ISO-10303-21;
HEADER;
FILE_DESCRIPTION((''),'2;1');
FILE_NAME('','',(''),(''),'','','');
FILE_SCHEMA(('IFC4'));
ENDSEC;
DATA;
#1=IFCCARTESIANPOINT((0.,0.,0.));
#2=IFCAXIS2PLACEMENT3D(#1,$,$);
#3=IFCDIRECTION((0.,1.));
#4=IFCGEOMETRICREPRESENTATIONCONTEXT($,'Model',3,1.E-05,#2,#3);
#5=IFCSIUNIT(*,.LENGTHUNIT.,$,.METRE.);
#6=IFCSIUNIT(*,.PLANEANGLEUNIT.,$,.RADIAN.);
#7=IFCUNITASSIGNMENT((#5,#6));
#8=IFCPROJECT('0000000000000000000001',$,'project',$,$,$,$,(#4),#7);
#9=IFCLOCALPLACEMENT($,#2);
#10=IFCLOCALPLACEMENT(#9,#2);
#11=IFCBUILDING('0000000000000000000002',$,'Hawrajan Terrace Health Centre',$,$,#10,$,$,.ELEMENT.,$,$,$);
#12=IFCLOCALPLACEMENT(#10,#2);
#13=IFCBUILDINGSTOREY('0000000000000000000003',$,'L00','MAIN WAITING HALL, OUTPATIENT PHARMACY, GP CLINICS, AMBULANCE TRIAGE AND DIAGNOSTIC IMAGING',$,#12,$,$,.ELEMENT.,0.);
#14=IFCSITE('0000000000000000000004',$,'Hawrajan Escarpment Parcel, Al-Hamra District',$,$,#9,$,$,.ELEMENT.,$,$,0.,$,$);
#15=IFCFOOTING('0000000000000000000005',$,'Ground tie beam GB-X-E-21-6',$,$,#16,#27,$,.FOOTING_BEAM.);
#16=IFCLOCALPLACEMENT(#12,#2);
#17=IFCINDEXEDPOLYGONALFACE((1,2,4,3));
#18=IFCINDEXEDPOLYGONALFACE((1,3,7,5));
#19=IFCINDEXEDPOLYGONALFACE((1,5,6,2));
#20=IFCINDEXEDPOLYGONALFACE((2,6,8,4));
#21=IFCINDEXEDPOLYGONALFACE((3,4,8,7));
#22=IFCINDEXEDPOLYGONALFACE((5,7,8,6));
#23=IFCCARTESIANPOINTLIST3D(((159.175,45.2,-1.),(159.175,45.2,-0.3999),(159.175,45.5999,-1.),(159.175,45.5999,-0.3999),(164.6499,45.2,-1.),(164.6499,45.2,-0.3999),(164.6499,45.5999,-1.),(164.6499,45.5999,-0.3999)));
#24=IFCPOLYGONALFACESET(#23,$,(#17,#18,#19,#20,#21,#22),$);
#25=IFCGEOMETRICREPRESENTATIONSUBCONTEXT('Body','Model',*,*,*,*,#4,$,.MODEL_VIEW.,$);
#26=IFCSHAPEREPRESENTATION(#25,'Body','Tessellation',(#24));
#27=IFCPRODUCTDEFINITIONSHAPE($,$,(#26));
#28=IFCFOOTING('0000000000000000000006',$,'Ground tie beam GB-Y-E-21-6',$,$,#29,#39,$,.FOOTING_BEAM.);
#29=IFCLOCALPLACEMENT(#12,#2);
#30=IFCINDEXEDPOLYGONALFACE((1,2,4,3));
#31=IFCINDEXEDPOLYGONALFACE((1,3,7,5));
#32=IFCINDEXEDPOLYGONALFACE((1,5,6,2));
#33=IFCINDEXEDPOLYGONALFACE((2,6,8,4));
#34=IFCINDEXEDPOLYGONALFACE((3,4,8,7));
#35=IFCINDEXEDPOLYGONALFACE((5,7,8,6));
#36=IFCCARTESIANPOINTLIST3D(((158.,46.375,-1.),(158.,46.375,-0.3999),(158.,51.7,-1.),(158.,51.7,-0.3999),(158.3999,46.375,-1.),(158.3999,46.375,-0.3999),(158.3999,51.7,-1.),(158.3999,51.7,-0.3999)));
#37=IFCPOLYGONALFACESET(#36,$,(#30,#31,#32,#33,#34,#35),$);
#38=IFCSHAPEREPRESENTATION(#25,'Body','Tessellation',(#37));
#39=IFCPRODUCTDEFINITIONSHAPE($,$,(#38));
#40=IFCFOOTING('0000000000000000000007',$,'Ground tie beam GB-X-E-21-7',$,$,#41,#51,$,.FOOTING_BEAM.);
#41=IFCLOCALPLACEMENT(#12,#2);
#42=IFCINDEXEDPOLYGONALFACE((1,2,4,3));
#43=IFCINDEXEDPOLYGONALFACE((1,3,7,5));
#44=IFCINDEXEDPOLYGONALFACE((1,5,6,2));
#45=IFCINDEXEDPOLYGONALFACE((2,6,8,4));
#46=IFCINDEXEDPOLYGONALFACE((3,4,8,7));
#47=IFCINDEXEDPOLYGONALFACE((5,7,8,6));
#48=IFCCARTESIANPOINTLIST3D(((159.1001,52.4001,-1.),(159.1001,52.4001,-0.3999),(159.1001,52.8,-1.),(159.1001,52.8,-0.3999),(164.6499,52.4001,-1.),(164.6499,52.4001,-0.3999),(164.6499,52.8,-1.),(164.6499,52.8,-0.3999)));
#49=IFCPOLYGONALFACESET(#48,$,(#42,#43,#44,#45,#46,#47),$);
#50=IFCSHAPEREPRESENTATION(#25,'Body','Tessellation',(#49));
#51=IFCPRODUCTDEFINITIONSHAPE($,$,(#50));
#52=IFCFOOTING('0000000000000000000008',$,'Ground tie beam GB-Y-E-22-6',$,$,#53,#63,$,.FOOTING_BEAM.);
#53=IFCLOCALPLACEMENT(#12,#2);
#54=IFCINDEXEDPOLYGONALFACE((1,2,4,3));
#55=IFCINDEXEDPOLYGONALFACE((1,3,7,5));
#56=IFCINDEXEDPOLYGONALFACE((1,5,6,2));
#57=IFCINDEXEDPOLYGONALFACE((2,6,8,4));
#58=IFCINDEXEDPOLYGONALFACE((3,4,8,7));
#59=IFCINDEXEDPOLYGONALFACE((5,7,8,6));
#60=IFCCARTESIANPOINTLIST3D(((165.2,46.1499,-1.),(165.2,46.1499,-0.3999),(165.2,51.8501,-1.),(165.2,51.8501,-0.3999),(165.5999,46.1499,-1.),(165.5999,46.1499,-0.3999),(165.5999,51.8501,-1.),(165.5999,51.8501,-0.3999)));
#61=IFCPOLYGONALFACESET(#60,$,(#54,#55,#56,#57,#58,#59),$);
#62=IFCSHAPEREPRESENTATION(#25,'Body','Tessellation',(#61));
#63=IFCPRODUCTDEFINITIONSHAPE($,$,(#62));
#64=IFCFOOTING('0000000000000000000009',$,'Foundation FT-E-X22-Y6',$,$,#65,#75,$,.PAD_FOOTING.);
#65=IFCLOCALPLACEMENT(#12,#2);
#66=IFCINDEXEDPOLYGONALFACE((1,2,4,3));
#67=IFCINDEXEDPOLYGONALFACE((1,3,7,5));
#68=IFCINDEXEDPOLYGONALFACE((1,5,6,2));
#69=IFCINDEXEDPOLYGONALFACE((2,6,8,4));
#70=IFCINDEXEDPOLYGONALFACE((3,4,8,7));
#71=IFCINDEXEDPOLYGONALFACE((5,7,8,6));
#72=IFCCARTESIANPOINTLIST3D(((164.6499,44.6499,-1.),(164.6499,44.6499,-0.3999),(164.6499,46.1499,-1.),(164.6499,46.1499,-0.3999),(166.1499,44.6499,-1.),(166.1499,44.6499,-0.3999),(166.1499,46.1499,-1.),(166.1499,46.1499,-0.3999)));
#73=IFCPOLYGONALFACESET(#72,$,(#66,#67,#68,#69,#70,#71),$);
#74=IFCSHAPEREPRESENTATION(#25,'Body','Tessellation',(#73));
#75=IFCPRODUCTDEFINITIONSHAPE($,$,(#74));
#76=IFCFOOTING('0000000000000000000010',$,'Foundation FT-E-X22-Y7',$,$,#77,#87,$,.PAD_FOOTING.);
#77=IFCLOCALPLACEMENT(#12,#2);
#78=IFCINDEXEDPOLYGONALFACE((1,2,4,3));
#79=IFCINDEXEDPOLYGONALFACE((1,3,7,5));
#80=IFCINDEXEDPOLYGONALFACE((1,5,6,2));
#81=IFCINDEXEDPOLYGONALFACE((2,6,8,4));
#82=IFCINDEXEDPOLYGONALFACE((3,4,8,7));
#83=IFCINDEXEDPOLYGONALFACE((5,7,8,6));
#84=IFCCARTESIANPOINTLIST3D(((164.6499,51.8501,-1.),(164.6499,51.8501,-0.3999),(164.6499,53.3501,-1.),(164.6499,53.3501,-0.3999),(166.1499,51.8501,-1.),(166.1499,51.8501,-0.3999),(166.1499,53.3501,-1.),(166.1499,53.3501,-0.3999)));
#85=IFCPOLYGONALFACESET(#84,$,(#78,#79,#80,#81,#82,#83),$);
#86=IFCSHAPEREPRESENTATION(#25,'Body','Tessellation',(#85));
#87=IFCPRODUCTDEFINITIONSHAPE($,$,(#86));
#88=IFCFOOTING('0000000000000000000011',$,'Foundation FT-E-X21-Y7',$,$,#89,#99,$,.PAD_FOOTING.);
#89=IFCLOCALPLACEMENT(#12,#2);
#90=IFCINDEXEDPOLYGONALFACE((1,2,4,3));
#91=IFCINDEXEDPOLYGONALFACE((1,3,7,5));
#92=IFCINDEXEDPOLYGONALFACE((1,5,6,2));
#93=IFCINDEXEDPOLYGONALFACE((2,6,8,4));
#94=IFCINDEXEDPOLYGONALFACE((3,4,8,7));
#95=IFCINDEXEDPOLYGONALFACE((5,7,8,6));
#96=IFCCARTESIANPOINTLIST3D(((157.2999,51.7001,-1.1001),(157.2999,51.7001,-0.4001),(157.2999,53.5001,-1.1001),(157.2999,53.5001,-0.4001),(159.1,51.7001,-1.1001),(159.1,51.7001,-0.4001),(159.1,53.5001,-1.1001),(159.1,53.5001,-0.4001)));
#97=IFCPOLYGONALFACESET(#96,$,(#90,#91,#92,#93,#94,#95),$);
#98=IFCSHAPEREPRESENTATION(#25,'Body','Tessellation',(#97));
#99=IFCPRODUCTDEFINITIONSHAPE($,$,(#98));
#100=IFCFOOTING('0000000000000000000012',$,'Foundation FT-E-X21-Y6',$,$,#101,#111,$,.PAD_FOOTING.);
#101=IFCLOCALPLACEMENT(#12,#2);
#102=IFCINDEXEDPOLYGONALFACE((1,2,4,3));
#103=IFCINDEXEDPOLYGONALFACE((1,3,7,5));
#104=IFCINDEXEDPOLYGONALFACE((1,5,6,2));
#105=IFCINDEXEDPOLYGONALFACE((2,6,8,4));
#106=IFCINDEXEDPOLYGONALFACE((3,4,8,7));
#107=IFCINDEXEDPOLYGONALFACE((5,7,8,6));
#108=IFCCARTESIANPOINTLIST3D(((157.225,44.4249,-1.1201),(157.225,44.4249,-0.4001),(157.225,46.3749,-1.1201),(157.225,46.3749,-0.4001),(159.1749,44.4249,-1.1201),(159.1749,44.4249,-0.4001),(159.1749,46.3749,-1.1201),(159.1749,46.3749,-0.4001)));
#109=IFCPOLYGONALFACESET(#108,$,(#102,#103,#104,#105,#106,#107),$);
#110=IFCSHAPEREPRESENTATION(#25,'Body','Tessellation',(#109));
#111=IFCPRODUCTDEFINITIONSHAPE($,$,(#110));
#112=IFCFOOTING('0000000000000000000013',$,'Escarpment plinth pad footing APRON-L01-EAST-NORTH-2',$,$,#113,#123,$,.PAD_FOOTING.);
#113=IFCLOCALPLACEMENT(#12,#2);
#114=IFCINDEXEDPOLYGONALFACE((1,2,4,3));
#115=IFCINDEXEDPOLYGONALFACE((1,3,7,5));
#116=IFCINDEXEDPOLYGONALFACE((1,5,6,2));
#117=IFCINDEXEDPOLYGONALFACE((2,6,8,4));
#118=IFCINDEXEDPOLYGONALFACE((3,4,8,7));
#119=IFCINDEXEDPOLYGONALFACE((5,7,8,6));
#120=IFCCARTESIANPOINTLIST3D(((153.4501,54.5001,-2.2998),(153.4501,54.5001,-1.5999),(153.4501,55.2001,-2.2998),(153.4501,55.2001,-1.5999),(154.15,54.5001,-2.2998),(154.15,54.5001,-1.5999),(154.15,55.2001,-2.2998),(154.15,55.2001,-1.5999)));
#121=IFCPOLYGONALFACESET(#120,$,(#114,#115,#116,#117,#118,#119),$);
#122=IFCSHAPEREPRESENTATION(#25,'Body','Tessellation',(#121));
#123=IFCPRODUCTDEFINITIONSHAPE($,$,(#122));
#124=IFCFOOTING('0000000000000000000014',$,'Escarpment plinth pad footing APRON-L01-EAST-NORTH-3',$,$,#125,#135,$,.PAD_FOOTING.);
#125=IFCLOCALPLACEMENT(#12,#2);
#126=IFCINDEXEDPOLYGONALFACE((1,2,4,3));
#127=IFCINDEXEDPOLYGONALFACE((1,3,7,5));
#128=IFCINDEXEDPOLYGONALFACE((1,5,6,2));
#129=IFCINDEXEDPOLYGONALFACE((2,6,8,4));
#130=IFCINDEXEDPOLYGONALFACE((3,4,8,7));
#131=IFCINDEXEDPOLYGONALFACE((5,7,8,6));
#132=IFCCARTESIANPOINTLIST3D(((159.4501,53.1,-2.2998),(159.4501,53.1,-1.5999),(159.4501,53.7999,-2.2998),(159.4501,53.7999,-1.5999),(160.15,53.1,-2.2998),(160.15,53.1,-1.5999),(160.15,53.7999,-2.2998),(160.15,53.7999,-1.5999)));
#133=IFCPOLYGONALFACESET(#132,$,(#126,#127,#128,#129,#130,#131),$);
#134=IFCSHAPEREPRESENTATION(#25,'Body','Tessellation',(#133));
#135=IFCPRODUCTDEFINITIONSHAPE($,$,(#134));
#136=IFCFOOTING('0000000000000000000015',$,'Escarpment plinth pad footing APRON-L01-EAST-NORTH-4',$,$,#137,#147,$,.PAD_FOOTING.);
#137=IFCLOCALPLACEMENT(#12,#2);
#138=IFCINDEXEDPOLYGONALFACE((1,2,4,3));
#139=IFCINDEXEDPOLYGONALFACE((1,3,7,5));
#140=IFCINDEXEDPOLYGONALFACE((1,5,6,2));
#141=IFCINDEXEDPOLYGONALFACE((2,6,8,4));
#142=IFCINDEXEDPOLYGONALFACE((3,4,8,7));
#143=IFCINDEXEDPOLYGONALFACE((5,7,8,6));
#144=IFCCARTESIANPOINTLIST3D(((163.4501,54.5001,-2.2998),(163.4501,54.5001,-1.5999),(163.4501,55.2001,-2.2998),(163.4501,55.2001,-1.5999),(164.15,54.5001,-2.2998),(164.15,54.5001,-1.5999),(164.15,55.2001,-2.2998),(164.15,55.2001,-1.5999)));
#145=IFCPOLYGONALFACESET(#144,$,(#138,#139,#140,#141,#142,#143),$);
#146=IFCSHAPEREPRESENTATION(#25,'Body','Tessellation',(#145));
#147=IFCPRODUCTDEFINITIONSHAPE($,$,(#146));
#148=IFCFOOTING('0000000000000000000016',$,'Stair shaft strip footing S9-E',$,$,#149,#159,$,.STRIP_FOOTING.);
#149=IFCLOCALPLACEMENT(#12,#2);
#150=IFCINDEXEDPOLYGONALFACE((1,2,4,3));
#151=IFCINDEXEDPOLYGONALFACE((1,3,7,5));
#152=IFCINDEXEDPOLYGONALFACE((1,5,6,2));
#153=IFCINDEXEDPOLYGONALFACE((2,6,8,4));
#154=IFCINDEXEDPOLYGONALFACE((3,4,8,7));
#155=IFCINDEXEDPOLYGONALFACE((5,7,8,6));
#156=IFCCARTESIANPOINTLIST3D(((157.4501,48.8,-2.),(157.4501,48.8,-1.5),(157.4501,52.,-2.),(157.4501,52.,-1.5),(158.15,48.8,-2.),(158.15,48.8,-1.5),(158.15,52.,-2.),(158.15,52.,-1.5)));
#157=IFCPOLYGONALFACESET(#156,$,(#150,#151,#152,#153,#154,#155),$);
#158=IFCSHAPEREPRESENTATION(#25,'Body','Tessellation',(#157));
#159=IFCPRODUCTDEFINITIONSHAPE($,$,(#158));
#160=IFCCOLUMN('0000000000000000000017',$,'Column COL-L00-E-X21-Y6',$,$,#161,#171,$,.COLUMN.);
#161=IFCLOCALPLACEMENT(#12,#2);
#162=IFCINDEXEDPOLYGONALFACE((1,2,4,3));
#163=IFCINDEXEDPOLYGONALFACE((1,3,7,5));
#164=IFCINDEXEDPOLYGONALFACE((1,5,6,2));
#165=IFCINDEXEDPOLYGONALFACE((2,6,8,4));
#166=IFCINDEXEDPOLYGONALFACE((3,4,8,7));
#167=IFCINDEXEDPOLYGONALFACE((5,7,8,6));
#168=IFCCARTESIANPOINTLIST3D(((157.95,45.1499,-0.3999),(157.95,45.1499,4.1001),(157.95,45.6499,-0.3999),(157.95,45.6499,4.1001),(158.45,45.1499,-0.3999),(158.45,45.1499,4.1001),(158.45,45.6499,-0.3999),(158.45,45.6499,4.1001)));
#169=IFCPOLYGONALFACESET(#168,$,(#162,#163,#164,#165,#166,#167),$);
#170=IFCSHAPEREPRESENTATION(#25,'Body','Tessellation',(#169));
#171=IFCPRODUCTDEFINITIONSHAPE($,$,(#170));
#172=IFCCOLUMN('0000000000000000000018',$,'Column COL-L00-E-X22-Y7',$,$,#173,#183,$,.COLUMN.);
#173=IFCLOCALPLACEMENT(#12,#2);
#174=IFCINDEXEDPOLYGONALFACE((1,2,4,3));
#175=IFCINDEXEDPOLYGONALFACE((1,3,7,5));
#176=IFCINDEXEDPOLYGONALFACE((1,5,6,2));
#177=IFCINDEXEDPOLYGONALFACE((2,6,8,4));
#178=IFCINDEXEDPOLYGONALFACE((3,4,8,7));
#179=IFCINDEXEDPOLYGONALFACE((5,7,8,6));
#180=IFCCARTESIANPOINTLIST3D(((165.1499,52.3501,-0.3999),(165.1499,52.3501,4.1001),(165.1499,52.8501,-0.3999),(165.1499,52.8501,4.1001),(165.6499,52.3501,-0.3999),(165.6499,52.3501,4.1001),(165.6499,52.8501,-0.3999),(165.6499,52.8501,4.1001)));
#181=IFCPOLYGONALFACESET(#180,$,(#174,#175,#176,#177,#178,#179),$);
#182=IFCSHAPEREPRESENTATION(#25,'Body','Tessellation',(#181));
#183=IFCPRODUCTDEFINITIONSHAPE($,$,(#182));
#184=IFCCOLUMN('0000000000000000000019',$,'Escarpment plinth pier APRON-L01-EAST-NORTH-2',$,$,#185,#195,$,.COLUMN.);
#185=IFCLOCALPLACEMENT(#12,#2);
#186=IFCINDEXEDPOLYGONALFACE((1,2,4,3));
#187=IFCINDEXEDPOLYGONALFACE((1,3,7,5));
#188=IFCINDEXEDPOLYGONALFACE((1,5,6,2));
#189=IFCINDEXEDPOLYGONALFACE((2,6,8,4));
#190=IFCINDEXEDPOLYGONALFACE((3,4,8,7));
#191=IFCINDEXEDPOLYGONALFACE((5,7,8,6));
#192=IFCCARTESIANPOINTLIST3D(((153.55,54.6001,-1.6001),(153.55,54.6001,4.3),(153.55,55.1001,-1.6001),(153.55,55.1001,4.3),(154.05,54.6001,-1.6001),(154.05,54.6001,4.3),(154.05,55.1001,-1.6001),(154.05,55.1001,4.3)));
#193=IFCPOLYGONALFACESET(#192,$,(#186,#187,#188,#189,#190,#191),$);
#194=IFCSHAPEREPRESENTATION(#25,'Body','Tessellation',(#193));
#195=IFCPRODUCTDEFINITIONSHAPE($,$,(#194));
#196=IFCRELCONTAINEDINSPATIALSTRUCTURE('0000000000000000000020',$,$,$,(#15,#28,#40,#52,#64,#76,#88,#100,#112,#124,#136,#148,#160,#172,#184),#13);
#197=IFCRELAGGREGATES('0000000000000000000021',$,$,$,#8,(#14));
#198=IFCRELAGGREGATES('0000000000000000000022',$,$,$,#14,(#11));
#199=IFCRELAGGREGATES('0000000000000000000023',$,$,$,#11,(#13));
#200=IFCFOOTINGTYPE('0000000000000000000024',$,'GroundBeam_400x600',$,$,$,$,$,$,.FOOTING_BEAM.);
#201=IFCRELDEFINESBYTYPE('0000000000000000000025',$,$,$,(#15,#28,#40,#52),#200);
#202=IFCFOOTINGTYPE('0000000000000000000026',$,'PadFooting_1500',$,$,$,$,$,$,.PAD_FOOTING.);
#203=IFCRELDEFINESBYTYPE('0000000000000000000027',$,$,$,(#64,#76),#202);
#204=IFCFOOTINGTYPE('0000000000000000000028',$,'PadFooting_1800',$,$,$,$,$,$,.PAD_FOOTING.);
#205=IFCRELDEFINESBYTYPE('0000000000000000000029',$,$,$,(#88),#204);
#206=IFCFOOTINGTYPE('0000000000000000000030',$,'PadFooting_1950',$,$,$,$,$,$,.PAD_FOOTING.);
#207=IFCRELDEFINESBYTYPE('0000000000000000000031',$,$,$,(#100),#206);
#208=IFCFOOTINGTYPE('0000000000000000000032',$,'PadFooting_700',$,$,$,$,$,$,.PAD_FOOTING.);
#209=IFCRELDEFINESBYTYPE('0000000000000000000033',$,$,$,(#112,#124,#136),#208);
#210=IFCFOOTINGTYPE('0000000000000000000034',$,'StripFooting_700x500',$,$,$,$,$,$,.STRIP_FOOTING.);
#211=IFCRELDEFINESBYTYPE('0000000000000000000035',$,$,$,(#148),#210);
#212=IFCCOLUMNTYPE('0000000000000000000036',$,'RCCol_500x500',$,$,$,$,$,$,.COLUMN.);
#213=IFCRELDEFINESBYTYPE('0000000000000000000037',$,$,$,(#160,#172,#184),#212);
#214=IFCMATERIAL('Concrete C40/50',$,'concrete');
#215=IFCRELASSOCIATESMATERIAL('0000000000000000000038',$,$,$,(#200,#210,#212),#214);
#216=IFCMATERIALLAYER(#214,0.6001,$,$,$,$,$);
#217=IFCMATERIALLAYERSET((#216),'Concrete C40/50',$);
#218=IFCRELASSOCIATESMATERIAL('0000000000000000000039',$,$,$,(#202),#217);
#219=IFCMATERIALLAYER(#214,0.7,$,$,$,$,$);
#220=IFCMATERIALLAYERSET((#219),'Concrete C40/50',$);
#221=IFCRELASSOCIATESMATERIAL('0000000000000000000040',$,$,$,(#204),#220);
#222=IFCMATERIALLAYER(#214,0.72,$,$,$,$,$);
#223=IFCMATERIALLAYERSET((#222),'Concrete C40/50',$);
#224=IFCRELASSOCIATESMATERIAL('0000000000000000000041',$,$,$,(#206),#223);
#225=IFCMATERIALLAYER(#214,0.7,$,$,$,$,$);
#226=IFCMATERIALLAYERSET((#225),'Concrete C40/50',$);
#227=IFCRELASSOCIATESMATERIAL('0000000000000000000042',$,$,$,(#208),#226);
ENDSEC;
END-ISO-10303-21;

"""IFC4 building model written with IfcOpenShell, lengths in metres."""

from ifc_helpers import new_model, si_unit, direction, frame, origin, origin_2d, place, context, subcontext, project, spatial, rectangle, extrude, material, layer, layer_set, material_profile, profile_set, type_object, element, save


model = new_model("IFC4")

# Units and contexts
model_context = context("Model", 3, precision=1e-05, world=origin(), true_north=direction((0.0, 1.0)))
body_context = subcontext(model_context, "Body", "Model", "MODEL_VIEW")
ifc_project = project(units=[si_unit("LENGTHUNIT", "METRE"), si_unit("PLANEANGLEUNIT", "RADIAN")], contexts=[model_context])

# Site, building, storey
site_placement = place(None, origin())
site = spatial("IfcSite", under=ifc_project, at=site_placement, Name="Hawrajan Escarpment Parcel, Al-Hamra District", CompositionType="ELEMENT", RefElevation=0.0)
building_placement = place(site_placement, origin())
building = spatial("IfcBuilding", under=site, at=building_placement, Name="Hawrajan Terrace Health Centre", CompositionType="ELEMENT")
storey_placement = place(building_placement, origin())
storey = spatial("IfcBuildingStorey", under=building, at=storey_placement, Name="L00", Description="MAIN WAITING HALL, OUTPATIENT PHARMACY, GP CLINICS, AMBULANCE TRIAGE AND DIAGNOSTIC IMAGING", CompositionType="ELEMENT", Elevation=0.0)

# Footings
ifc_material_1 = material(Name="Concrete C40/50", Category="concrete")
ifc_material_profile_1 = material_profile(ifc_material_1, rectangle(XDim=0.3999, YDim=0.6001, at=origin_2d()), Name="RC BM 400x600")
ifc_profile_set_1 = profile_set([ifc_material_profile_1], Name="Concrete C40/50")
footing_type_1 = type_object("IfcFootingType", Name="GroundBeam_400x600", PredefinedType="FOOTING_BEAM", material=ifc_profile_set_1)
footing_1_placement = place(storey_placement, frame((159.175, 45.3999, -0.7), z_axis=(1.0, 0.0, 0.0), x_axis=(0.0, 1.0, 0.0)))
element("IfcFooting", 1, at=footing_1_placement, inside=storey, type_object=footing_type_1, Name="Ground tie beam GB-X-E-21-6", PredefinedType="FOOTING_BEAM", context=body_context, shape_type="SweptSolid", body=[
    extrude(rectangle(XDim=0.3999, YDim=0.6001, at=origin_2d()), origin(), (0.0, 0.0, 1.0), 5.4749),
])
footing_2_placement = place(storey_placement, frame((158.2, 46.375, -0.7), z_axis=(0.0, 1.0, 0.0), x_axis=(-1.0, 0.0, 0.0)))
element("IfcFooting", 2, at=footing_2_placement, inside=storey, type_object=footing_type_1, Name="Ground tie beam GB-Y-E-21-6", PredefinedType="FOOTING_BEAM", context=body_context, shape_type="SweptSolid", body=[
    extrude(rectangle(XDim=0.3999, YDim=0.6001, at=origin_2d()), origin(), (0.0, 0.0, 1.0), 5.325),
])
footing_3_placement = place(storey_placement, frame((159.1001, 52.6001, -0.7), z_axis=(1.0, 0.0, 0.0), x_axis=(0.0, 1.0, 0.0)))
element("IfcFooting", 3, at=footing_3_placement, inside=storey, type_object=footing_type_1, Name="Ground tie beam GB-X-E-21-7", PredefinedType="FOOTING_BEAM", context=body_context, shape_type="SweptSolid", body=[
    extrude(rectangle(XDim=0.3999, YDim=0.6001, at=origin_2d()), origin(), (0.0, 0.0, 1.0), 5.5498),
])
footing_4_placement = place(storey_placement, frame((165.3999, 46.1499, -0.7), z_axis=(0.0, 1.0, 0.0), x_axis=(-1.0, 0.0, 0.0)))
element("IfcFooting", 4, at=footing_4_placement, inside=storey, type_object=footing_type_1, Name="Ground tie beam GB-Y-E-22-6", PredefinedType="FOOTING_BEAM", context=body_context, shape_type="SweptSolid", body=[
    extrude(rectangle(XDim=0.3999, YDim=0.6001, at=origin_2d()), origin(), (0.0, 0.0, 1.0), 5.7002),
])
ifc_layer_1 = layer(ifc_material_1, 0.6001)
ifc_layer_set_1 = layer_set([ifc_layer_1], Name="Concrete C40/50")
footing_type_2 = type_object("IfcFootingType", Name="PadFooting_1500", PredefinedType="PAD_FOOTING", material=ifc_layer_set_1)
for number, where, z_axis, x_axis, name in (
    (5, (165.3999, 45.3999, -1.0), (0.0, 0.0, 1.0), (1.0, 0.0, 0.0), "Foundation FT-E-X22-Y6"),
    (6, (165.3999, 52.6001, -1.0), (0.0, 0.0, 1.0), (1.0, 0.0, 0.0), "Foundation FT-E-X22-Y7"),
):
    element("IfcFooting", number, at=place(storey_placement, frame(where, z_axis=z_axis, x_axis=x_axis)), inside=storey, type_object=footing_type_2, Name=name, PredefinedType="PAD_FOOTING", context=body_context, shape_type="SweptSolid", body=[
        extrude(rectangle(XDim=1.5, YDim=1.5, at=origin_2d()), origin(), (0.0, 0.0, 1.0), 0.6001),
    ])
ifc_layer_2 = layer(ifc_material_1, 0.7)
ifc_layer_set_2 = layer_set([ifc_layer_2], Name="Concrete C40/50")
footing_type_3 = type_object("IfcFootingType", Name="PadFooting_1800", PredefinedType="PAD_FOOTING", material=ifc_layer_set_2)
footing_5_placement = place(storey_placement, frame((158.2, 52.6001, -1.1001), z_axis=(0.0, 0.0, 1.0), x_axis=(1.0, 0.0, 0.0)))
element("IfcFooting", 7, at=footing_5_placement, inside=storey, type_object=footing_type_3, Name="Foundation FT-E-X21-Y7", PredefinedType="PAD_FOOTING", context=body_context, shape_type="SweptSolid", body=[
    extrude(rectangle(XDim=1.8, YDim=1.8, at=origin_2d()), origin(), (0.0, 0.0, 1.0), 0.7),
])
ifc_layer_3 = layer(ifc_material_1, 0.72)
ifc_layer_set_3 = layer_set([ifc_layer_3], Name="Concrete C40/50")
footing_type_4 = type_object("IfcFootingType", Name="PadFooting_1950", PredefinedType="PAD_FOOTING", material=ifc_layer_set_3)
footing_6_placement = place(storey_placement, frame((158.2, 45.3999, -1.1201), z_axis=(0.0, 0.0, 1.0), x_axis=(1.0, 0.0, 0.0)))
element("IfcFooting", 8, at=footing_6_placement, inside=storey, type_object=footing_type_4, Name="Foundation FT-E-X21-Y6", PredefinedType="PAD_FOOTING", context=body_context, shape_type="SweptSolid", body=[
    extrude(rectangle(XDim=1.95, YDim=1.95, at=origin_2d()), origin(), (0.0, 0.0, 1.0), 0.72),
])
ifc_layer_4 = layer(ifc_material_1, 0.7)
ifc_layer_set_4 = layer_set([ifc_layer_4], Name="Concrete C40/50")
footing_type_5 = type_object("IfcFootingType", Name="PadFooting_700", PredefinedType="PAD_FOOTING", material=ifc_layer_set_4)
for number, where, z_axis, x_axis, name in (
    (9, (153.8, 54.8501, -2.2998), (0.0, 0.0, 1.0), (1.0, 0.0, 0.0), "Escarpment plinth pad footing APRON-L01-EAST-NORTH-2"),
    (10, (159.8, 53.45, -2.2998), (0.0, 0.0, 1.0), (1.0, 0.0, 0.0), "Escarpment plinth pad footing APRON-L01-EAST-NORTH-3"),
    (11, (163.8, 54.8501, -2.2998), (0.0, 0.0, 1.0), (1.0, 0.0, 0.0), "Escarpment plinth pad footing APRON-L01-EAST-NORTH-4"),
):
    element("IfcFooting", number, at=place(storey_placement, frame(where, z_axis=z_axis, x_axis=x_axis)), inside=storey, type_object=footing_type_5, Name=name, PredefinedType="PAD_FOOTING", context=body_context, shape_type="SweptSolid", body=[
        extrude(rectangle(XDim=0.7, YDim=0.7, at=origin_2d()), origin(), (0.0, 0.0, 1.0), 0.7),
    ])
ifc_material_profile_2 = material_profile(ifc_material_1, rectangle(XDim=0.7, YDim=0.5, at=origin_2d()), Name="RC STRIP 700x500")
ifc_profile_set_2 = profile_set([ifc_material_profile_2], Name="Concrete C40/50")
footing_type_6 = type_object("IfcFootingType", Name="StripFooting_700x500", PredefinedType="STRIP_FOOTING", material=ifc_profile_set_2)
footing_7_placement = place(storey_placement, frame((157.8, 48.8, -1.75), z_axis=(0.0, 1.0, 0.0), x_axis=(-1.0, 0.0, 0.0)))
element("IfcFooting", 12, at=footing_7_placement, inside=storey, type_object=footing_type_6, Name="Stair shaft strip footing S9-E", PredefinedType="STRIP_FOOTING", context=body_context, shape_type="SweptSolid", body=[
    extrude(rectangle(XDim=0.7, YDim=0.5, at=origin_2d()), origin(), (0.0, 0.0, 1.0), 3.2),
])

# Columns
ifc_material_profile_3 = material_profile(ifc_material_1, rectangle(XDim=0.5, YDim=0.5, at=origin_2d()), Name="RC 500x500")
ifc_profile_set_3 = profile_set([ifc_material_profile_3], Name="Concrete C40/50")
column_type_1 = type_object("IfcColumnType", Name="RCCol_500x500", PredefinedType="COLUMN", material=ifc_profile_set_3)
for number, where, z_axis, x_axis, name in (
    (13, (158.2, 45.3999, -0.3999), (0.0, 0.0, 1.0), (1.0, 0.0, 0.0), "Column COL-L00-E-X21-Y6"),
    (14, (165.3999, 52.6001, -0.3999), (0.0, 0.0, 1.0), (1.0, 0.0, 0.0), "Column COL-L00-E-X22-Y7"),
):
    element("IfcColumn", number, at=place(storey_placement, frame(where, z_axis=z_axis, x_axis=x_axis)), inside=storey, type_object=column_type_1, Name=name, PredefinedType="COLUMN", context=body_context, shape_type="SweptSolid", body=[
        extrude(rectangle(XDim=0.5, YDim=0.5, at=origin_2d()), origin(), (0.0, 0.0, 1.0), 4.5),
    ])
for number, where, z_axis, x_axis, name in (
    (15, (153.8, 54.8501, -1.6001), (0.0, 0.0, 1.0), (1.0, 0.0, 0.0), "Escarpment plinth pier APRON-L01-EAST-NORTH-2"),
):
    element("IfcColumn", number, at=place(storey_placement, frame(where, z_axis=z_axis, x_axis=x_axis)), inside=storey, type_object=column_type_1, Name=name, PredefinedType="COLUMN", context=body_context, shape_type="SweptSolid", body=[
        extrude(rectangle(XDim=0.5, YDim=0.5, at=origin_2d()), origin(), (0.0, 0.0, 1.0), 5.9001),
    ])

save(model, "model.ifc")
